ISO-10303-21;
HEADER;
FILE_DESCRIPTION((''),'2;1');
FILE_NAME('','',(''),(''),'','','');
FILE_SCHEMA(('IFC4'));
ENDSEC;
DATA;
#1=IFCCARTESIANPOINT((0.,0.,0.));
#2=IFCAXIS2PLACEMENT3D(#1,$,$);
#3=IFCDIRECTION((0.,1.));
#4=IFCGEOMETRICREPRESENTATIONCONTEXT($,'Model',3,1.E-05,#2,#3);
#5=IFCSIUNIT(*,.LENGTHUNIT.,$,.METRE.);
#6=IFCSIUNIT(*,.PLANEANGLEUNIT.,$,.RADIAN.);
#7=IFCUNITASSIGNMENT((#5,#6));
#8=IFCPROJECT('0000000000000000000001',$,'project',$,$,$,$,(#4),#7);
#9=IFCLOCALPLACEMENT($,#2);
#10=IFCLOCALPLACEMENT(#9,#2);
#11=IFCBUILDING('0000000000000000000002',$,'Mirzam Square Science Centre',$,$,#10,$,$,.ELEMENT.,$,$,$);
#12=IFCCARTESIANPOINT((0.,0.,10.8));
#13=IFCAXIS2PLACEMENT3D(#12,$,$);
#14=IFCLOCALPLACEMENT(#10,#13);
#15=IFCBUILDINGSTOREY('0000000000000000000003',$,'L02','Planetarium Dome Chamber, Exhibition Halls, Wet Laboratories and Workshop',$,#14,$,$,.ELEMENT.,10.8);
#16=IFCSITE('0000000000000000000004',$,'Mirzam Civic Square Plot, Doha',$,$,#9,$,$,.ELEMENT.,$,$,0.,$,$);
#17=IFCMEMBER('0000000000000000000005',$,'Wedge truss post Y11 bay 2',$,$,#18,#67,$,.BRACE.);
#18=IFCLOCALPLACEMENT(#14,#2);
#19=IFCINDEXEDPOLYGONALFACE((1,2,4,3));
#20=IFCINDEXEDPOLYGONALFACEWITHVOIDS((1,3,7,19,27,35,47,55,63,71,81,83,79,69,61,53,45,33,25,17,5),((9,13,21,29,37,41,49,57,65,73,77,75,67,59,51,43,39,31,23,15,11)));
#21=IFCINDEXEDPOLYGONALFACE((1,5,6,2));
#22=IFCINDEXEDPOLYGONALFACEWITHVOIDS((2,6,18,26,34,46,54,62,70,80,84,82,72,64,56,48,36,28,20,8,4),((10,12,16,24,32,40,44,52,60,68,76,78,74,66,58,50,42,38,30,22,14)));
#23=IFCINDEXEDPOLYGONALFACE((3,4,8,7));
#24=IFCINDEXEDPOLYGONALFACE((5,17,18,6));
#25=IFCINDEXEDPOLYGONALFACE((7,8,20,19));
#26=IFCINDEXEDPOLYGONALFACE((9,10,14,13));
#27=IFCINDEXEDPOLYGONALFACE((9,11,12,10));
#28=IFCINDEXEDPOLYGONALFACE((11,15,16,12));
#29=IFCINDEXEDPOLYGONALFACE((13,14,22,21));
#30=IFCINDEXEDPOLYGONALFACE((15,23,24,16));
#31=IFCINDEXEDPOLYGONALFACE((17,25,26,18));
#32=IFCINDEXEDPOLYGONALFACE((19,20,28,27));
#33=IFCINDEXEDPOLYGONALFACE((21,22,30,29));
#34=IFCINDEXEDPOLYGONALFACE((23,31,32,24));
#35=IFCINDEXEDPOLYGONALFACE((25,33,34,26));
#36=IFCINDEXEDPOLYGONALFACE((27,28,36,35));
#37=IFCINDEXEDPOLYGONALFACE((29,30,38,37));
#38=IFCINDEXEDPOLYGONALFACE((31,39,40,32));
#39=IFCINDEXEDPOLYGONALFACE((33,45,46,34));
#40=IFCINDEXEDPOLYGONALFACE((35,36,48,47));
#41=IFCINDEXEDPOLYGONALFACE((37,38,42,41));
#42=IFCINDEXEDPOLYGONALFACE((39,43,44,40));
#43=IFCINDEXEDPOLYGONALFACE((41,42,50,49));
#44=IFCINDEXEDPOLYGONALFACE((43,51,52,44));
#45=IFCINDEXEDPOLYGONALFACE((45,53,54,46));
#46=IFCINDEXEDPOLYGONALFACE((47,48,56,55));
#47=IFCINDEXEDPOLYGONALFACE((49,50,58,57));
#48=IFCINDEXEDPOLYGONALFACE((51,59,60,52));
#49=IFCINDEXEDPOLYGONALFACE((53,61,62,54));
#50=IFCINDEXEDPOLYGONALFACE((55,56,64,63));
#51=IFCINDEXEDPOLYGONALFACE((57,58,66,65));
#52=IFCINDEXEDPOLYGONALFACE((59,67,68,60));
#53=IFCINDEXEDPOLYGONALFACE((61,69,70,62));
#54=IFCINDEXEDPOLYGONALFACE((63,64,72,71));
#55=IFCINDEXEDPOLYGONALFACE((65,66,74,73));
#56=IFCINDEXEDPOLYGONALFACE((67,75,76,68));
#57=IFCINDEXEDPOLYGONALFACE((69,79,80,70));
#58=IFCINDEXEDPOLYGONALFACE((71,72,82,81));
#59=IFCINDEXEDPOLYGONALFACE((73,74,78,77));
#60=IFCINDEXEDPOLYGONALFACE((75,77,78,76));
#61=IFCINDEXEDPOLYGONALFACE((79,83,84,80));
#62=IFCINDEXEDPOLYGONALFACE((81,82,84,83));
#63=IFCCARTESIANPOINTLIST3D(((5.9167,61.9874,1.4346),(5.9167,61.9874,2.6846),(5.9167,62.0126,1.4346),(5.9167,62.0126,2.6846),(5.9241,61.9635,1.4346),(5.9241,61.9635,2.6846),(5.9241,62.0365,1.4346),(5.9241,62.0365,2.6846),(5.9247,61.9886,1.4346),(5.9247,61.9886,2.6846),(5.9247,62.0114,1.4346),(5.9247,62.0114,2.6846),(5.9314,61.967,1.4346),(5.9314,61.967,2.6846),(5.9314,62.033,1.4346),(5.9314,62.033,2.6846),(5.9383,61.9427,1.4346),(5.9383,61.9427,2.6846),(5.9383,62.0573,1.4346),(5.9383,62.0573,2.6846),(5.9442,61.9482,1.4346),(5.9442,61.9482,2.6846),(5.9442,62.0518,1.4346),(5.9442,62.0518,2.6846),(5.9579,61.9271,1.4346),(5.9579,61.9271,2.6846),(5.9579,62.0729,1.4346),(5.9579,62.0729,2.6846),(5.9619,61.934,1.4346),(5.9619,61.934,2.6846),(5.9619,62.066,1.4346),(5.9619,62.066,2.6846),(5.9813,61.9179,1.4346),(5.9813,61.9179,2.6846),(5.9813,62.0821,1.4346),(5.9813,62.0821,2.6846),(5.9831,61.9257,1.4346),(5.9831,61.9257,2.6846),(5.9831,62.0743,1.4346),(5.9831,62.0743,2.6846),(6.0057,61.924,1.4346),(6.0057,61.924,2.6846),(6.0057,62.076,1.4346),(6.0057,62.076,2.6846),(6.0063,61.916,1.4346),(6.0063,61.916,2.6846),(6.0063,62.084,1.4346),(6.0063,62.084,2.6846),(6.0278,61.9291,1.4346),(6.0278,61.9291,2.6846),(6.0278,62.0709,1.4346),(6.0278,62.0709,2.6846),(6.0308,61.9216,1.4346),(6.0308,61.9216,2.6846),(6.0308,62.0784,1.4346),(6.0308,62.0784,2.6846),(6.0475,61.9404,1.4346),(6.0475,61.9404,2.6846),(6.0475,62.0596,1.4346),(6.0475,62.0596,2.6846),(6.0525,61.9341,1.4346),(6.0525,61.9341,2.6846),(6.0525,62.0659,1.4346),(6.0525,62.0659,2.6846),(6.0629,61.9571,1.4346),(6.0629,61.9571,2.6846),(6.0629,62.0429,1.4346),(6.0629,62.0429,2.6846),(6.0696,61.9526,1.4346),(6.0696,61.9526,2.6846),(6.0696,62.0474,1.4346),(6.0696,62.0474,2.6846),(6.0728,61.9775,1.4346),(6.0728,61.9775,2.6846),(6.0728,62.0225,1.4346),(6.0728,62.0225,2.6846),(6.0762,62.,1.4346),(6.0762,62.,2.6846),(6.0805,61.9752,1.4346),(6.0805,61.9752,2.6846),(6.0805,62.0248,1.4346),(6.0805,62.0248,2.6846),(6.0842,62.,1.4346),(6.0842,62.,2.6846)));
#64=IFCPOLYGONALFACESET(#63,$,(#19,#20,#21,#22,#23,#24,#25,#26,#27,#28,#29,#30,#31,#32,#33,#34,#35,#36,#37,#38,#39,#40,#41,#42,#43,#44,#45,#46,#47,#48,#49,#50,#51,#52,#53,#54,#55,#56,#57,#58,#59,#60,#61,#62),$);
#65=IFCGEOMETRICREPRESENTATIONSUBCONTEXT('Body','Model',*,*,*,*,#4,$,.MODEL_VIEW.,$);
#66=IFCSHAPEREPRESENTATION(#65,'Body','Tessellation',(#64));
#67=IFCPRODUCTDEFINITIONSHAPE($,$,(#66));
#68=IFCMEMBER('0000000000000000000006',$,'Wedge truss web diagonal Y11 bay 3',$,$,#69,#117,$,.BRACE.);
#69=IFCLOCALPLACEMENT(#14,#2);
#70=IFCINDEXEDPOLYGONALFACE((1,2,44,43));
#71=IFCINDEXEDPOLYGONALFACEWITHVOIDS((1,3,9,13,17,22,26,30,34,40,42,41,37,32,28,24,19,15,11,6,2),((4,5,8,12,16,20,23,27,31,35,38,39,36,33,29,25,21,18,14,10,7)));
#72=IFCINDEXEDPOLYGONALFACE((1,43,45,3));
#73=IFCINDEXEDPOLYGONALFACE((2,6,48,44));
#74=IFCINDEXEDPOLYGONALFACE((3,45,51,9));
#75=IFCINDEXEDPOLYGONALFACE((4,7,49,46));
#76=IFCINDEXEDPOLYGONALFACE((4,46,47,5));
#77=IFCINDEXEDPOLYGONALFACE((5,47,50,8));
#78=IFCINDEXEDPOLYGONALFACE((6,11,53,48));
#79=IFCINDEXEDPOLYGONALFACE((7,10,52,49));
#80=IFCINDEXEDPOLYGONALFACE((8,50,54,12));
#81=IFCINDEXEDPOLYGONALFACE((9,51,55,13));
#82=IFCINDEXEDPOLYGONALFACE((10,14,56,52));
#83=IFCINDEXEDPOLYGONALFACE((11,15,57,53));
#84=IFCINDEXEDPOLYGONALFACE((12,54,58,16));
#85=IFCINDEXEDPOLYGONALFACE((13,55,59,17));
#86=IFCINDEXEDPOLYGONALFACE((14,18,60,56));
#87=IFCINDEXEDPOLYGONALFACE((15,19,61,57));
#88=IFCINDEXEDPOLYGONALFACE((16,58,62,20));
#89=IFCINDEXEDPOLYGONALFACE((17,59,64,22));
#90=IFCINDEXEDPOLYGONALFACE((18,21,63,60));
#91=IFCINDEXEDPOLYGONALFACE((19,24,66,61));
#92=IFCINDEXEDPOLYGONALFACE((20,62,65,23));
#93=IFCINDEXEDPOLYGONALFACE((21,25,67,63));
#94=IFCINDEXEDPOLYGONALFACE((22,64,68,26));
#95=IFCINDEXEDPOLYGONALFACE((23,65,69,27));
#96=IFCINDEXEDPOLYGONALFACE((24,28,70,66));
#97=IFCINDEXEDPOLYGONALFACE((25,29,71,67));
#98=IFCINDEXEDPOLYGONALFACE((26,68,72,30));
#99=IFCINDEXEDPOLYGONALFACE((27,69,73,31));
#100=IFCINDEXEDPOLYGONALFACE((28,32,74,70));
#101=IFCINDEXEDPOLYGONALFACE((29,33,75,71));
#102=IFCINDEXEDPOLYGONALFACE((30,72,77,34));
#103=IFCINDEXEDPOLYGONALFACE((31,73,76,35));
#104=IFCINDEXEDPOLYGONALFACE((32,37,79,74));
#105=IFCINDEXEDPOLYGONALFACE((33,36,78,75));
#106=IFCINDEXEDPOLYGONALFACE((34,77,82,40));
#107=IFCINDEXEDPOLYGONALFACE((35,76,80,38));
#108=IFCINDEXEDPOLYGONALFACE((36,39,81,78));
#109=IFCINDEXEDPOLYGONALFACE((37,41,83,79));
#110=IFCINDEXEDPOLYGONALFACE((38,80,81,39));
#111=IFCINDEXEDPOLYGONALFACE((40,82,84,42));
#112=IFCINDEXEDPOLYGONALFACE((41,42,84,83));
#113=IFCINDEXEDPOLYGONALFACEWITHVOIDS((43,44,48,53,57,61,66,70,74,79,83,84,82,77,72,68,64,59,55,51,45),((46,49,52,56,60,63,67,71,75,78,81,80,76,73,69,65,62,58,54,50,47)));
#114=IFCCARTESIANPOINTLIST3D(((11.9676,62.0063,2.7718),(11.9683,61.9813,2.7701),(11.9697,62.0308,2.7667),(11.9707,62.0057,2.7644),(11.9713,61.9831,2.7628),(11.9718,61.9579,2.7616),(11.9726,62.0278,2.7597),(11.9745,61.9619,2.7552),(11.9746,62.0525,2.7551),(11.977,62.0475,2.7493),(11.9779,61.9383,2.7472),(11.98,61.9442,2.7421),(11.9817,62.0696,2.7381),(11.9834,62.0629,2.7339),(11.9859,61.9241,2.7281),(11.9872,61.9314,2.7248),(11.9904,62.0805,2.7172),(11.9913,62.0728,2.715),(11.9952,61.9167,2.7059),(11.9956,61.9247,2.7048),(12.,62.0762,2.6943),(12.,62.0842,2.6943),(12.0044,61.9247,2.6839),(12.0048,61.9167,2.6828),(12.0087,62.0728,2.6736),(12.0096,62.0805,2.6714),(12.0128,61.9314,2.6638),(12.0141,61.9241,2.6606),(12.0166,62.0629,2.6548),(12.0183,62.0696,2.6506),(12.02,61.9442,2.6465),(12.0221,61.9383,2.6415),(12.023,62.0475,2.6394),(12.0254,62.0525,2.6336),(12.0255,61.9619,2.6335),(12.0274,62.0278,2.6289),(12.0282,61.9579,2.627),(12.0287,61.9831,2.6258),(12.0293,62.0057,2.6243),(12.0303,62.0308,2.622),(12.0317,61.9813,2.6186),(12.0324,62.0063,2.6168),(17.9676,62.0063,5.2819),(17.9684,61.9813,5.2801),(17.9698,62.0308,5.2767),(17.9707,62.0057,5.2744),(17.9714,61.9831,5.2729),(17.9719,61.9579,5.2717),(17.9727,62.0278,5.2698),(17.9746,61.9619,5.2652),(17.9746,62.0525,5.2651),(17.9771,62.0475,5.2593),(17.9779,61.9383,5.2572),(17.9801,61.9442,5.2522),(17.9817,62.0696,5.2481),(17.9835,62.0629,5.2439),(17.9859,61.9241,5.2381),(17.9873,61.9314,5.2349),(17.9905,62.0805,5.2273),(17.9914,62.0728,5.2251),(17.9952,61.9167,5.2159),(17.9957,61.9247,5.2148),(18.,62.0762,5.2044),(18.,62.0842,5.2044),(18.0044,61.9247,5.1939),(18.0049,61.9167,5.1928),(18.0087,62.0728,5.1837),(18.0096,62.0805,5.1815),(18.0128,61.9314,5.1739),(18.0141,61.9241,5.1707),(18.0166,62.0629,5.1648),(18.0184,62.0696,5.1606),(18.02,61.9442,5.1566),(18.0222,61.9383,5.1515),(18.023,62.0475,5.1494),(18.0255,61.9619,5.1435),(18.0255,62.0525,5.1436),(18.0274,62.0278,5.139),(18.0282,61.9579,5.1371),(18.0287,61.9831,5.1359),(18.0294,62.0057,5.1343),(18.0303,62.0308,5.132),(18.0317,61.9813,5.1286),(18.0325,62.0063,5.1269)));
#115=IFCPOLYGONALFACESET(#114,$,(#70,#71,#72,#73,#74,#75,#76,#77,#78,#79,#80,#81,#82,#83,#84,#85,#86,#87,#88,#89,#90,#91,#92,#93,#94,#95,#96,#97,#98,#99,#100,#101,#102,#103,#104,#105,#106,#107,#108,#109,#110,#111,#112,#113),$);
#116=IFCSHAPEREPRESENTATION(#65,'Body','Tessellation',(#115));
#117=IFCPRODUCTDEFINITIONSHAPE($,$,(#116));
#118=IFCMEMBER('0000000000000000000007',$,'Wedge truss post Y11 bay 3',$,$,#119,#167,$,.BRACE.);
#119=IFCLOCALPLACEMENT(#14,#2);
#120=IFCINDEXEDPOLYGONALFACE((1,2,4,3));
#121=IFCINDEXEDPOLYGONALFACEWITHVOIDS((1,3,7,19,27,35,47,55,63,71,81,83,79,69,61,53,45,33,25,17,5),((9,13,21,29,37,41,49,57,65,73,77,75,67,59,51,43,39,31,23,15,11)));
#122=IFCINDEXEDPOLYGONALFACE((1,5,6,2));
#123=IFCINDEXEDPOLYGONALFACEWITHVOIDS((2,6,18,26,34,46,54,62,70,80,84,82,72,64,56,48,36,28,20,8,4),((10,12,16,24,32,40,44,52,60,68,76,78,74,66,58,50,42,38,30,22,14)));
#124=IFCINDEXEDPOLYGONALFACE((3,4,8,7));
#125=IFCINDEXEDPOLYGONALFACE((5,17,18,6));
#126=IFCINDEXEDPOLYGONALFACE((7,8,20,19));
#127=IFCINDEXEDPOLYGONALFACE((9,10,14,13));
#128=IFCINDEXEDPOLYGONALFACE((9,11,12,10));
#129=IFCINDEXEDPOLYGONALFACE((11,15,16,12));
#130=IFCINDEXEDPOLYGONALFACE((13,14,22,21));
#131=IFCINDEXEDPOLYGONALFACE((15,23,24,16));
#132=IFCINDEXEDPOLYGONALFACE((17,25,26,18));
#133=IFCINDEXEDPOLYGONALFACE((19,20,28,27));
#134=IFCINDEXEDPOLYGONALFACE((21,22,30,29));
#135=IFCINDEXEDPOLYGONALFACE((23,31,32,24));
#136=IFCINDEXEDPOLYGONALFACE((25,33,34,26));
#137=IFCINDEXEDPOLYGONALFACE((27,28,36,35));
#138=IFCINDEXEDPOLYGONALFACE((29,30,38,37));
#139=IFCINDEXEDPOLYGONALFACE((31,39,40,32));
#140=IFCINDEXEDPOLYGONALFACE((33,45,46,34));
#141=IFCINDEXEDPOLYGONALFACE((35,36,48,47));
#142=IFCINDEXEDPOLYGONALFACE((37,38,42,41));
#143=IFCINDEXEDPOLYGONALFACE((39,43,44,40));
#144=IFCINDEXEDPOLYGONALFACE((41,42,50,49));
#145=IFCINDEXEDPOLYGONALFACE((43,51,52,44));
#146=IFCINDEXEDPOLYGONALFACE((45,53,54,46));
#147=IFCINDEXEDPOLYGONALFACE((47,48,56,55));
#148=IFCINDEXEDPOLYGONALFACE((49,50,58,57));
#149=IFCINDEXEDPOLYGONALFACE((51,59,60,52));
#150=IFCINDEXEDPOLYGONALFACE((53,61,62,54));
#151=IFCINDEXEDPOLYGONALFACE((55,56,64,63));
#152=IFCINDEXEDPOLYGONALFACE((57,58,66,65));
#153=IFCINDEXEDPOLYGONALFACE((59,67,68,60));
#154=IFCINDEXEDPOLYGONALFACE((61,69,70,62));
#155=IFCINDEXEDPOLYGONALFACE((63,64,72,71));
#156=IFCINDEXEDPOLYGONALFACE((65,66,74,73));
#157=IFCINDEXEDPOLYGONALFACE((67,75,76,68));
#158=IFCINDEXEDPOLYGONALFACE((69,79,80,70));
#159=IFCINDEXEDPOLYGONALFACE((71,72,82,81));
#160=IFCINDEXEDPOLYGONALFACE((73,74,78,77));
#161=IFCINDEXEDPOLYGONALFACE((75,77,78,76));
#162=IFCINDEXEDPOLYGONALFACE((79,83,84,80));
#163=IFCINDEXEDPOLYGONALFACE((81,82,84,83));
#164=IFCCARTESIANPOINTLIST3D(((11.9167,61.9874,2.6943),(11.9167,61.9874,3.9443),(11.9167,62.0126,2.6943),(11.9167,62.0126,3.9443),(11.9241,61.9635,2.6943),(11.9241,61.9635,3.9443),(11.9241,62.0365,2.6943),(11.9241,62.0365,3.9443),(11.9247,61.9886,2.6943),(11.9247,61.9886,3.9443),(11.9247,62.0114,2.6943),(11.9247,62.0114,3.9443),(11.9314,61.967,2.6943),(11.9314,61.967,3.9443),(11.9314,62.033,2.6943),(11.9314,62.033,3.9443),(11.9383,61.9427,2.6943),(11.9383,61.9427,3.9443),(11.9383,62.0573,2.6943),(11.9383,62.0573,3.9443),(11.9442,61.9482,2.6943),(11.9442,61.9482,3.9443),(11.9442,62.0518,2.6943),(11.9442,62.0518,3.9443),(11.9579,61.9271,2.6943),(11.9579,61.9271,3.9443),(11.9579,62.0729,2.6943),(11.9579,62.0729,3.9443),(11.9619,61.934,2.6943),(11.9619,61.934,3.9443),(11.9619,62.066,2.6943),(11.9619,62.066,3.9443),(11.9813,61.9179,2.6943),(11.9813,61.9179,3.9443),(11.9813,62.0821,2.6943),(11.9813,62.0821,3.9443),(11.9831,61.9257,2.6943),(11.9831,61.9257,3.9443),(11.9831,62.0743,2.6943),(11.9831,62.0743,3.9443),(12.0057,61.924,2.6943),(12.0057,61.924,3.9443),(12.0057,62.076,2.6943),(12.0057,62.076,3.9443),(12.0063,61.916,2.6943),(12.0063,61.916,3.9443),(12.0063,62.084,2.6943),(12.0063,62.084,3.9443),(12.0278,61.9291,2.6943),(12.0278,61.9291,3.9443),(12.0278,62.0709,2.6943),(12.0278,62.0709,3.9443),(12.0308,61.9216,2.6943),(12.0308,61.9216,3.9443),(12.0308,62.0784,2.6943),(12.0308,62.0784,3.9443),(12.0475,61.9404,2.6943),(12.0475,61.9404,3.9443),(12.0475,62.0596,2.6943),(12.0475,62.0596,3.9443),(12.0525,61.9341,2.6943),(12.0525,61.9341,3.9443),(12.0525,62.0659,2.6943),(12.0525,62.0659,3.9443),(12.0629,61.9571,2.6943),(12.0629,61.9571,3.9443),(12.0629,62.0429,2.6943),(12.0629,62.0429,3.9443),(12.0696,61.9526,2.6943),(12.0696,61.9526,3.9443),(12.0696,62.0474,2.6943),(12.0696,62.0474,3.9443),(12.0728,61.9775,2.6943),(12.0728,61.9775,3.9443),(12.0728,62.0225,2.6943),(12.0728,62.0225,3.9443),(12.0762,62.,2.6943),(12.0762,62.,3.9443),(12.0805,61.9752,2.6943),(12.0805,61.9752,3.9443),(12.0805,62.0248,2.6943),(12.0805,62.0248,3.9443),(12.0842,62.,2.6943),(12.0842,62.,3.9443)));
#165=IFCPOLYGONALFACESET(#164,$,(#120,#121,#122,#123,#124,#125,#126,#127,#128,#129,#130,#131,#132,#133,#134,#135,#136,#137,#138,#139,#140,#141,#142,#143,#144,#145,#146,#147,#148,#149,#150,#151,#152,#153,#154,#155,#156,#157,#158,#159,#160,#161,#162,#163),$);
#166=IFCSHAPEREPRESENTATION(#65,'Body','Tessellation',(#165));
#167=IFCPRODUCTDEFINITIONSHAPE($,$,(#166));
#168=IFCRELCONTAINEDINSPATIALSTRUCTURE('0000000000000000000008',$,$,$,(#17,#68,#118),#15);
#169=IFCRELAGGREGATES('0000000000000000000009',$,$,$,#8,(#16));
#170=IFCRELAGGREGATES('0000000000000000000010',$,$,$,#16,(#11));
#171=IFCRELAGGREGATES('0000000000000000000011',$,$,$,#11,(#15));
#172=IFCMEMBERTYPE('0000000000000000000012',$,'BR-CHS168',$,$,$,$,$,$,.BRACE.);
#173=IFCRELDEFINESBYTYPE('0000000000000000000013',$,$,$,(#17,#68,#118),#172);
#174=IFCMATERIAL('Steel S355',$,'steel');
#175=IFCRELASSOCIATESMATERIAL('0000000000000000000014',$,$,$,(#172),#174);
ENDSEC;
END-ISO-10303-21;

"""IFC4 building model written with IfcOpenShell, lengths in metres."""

from ifc_helpers import new_model, si_unit, direction, frame, origin, origin_2d, place, context, subcontext, project, spatial, hollow_circle, extrude, material, material_profile, profile_set, type_object, element, save


model = new_model("IFC4")

# Units and contexts
model_context = context("Model", 3, precision=1e-05, world=origin(), true_north=direction((0.0, 1.0)))
body_context = subcontext(model_context, "Body", "Model", "MODEL_VIEW")
ifc_project = project(units=[si_unit("LENGTHUNIT", "METRE"), si_unit("PLANEANGLEUNIT", "RADIAN")], contexts=[model_context])

# Site, building, storey
site_placement = place(None, origin())
site = spatial("IfcSite", under=ifc_project, at=site_placement, Name="Mirzam Civic Square Plot, Doha", CompositionType="ELEMENT", RefElevation=0.0)
building_placement = place(site_placement, origin())
building = spatial("IfcBuilding", under=site, at=building_placement, Name="Mirzam Square Science Centre", CompositionType="ELEMENT")
storey_placement = place(building_placement, frame((0.0, 0.0, 10.8)))
storey = spatial("IfcBuildingStorey", under=building, at=storey_placement, Name="L02", Description="Planetarium Dome Chamber, Exhibition Halls, Wet Laboratories and Workshop", CompositionType="ELEMENT", Elevation=10.8)

# Members
ifc_material = material(Name="Steel S355", Category="steel")
ifc_material_profile_1 = material_profile(ifc_material, hollow_circle(Radius=0.0842, WallThickness=0.0081, at=origin_2d()), Name="168.3x8.0CHS")
ifc_profile_set_1 = profile_set([ifc_material_profile_1], Name="Steel S355")
member_type_1 = type_object("IfcMemberType", Name="BR-CHS168", PredefinedType="BRACE", material=ifc_profile_set_1)
member_1_placement = place(storey_placement, frame((6.0, 62.0, 1.4346), z_axis=(0.0, 0.0, 1.0), x_axis=(1.0, 0.0, 0.0)))
element("IfcMember", 1, at=member_1_placement, inside=storey, type_object=member_type_1, Name="Wedge truss post Y11 bay 2", PredefinedType="BRACE", context=body_context, shape_type="SweptSolid", body=[
    extrude(hollow_circle(Radius=0.0842, WallThickness=0.0081, at=origin_2d()), origin(), (0.0, 0.0, 1.0), 1.25),
])
member_2_placement = place(storey_placement, frame((12.0, 62.0, 2.6943), z_axis=(0.92253, 0.0, 0.385926), x_axis=(0.0, 1.0, 0.0)))
element("IfcMember", 2, at=member_2_placement, inside=storey, type_object=member_type_1, Name="Wedge truss web diagonal Y11 bay 3", PredefinedType="BRACE", context=body_context, shape_type="SweptSolid", body=[
    extrude(hollow_circle(Radius=0.0842, WallThickness=0.0081, at=origin_2d()), origin(), (0.0, 0.0, 1.0), 6.5039),
])
member_3_placement = place(storey_placement, frame((12.0, 62.0, 2.6943), z_axis=(0.0, 0.0, 1.0), x_axis=(1.0, 0.0, 0.0)))
element("IfcMember", 3, at=member_3_placement, inside=storey, type_object=member_type_1, Name="Wedge truss post Y11 bay 3", PredefinedType="BRACE", context=body_context, shape_type="SweptSolid", body=[
    extrude(hollow_circle(Radius=0.0842, WallThickness=0.0081, at=origin_2d()), origin(), (0.0, 0.0, 1.0), 1.25),
])

save(model, "model.ifc")
